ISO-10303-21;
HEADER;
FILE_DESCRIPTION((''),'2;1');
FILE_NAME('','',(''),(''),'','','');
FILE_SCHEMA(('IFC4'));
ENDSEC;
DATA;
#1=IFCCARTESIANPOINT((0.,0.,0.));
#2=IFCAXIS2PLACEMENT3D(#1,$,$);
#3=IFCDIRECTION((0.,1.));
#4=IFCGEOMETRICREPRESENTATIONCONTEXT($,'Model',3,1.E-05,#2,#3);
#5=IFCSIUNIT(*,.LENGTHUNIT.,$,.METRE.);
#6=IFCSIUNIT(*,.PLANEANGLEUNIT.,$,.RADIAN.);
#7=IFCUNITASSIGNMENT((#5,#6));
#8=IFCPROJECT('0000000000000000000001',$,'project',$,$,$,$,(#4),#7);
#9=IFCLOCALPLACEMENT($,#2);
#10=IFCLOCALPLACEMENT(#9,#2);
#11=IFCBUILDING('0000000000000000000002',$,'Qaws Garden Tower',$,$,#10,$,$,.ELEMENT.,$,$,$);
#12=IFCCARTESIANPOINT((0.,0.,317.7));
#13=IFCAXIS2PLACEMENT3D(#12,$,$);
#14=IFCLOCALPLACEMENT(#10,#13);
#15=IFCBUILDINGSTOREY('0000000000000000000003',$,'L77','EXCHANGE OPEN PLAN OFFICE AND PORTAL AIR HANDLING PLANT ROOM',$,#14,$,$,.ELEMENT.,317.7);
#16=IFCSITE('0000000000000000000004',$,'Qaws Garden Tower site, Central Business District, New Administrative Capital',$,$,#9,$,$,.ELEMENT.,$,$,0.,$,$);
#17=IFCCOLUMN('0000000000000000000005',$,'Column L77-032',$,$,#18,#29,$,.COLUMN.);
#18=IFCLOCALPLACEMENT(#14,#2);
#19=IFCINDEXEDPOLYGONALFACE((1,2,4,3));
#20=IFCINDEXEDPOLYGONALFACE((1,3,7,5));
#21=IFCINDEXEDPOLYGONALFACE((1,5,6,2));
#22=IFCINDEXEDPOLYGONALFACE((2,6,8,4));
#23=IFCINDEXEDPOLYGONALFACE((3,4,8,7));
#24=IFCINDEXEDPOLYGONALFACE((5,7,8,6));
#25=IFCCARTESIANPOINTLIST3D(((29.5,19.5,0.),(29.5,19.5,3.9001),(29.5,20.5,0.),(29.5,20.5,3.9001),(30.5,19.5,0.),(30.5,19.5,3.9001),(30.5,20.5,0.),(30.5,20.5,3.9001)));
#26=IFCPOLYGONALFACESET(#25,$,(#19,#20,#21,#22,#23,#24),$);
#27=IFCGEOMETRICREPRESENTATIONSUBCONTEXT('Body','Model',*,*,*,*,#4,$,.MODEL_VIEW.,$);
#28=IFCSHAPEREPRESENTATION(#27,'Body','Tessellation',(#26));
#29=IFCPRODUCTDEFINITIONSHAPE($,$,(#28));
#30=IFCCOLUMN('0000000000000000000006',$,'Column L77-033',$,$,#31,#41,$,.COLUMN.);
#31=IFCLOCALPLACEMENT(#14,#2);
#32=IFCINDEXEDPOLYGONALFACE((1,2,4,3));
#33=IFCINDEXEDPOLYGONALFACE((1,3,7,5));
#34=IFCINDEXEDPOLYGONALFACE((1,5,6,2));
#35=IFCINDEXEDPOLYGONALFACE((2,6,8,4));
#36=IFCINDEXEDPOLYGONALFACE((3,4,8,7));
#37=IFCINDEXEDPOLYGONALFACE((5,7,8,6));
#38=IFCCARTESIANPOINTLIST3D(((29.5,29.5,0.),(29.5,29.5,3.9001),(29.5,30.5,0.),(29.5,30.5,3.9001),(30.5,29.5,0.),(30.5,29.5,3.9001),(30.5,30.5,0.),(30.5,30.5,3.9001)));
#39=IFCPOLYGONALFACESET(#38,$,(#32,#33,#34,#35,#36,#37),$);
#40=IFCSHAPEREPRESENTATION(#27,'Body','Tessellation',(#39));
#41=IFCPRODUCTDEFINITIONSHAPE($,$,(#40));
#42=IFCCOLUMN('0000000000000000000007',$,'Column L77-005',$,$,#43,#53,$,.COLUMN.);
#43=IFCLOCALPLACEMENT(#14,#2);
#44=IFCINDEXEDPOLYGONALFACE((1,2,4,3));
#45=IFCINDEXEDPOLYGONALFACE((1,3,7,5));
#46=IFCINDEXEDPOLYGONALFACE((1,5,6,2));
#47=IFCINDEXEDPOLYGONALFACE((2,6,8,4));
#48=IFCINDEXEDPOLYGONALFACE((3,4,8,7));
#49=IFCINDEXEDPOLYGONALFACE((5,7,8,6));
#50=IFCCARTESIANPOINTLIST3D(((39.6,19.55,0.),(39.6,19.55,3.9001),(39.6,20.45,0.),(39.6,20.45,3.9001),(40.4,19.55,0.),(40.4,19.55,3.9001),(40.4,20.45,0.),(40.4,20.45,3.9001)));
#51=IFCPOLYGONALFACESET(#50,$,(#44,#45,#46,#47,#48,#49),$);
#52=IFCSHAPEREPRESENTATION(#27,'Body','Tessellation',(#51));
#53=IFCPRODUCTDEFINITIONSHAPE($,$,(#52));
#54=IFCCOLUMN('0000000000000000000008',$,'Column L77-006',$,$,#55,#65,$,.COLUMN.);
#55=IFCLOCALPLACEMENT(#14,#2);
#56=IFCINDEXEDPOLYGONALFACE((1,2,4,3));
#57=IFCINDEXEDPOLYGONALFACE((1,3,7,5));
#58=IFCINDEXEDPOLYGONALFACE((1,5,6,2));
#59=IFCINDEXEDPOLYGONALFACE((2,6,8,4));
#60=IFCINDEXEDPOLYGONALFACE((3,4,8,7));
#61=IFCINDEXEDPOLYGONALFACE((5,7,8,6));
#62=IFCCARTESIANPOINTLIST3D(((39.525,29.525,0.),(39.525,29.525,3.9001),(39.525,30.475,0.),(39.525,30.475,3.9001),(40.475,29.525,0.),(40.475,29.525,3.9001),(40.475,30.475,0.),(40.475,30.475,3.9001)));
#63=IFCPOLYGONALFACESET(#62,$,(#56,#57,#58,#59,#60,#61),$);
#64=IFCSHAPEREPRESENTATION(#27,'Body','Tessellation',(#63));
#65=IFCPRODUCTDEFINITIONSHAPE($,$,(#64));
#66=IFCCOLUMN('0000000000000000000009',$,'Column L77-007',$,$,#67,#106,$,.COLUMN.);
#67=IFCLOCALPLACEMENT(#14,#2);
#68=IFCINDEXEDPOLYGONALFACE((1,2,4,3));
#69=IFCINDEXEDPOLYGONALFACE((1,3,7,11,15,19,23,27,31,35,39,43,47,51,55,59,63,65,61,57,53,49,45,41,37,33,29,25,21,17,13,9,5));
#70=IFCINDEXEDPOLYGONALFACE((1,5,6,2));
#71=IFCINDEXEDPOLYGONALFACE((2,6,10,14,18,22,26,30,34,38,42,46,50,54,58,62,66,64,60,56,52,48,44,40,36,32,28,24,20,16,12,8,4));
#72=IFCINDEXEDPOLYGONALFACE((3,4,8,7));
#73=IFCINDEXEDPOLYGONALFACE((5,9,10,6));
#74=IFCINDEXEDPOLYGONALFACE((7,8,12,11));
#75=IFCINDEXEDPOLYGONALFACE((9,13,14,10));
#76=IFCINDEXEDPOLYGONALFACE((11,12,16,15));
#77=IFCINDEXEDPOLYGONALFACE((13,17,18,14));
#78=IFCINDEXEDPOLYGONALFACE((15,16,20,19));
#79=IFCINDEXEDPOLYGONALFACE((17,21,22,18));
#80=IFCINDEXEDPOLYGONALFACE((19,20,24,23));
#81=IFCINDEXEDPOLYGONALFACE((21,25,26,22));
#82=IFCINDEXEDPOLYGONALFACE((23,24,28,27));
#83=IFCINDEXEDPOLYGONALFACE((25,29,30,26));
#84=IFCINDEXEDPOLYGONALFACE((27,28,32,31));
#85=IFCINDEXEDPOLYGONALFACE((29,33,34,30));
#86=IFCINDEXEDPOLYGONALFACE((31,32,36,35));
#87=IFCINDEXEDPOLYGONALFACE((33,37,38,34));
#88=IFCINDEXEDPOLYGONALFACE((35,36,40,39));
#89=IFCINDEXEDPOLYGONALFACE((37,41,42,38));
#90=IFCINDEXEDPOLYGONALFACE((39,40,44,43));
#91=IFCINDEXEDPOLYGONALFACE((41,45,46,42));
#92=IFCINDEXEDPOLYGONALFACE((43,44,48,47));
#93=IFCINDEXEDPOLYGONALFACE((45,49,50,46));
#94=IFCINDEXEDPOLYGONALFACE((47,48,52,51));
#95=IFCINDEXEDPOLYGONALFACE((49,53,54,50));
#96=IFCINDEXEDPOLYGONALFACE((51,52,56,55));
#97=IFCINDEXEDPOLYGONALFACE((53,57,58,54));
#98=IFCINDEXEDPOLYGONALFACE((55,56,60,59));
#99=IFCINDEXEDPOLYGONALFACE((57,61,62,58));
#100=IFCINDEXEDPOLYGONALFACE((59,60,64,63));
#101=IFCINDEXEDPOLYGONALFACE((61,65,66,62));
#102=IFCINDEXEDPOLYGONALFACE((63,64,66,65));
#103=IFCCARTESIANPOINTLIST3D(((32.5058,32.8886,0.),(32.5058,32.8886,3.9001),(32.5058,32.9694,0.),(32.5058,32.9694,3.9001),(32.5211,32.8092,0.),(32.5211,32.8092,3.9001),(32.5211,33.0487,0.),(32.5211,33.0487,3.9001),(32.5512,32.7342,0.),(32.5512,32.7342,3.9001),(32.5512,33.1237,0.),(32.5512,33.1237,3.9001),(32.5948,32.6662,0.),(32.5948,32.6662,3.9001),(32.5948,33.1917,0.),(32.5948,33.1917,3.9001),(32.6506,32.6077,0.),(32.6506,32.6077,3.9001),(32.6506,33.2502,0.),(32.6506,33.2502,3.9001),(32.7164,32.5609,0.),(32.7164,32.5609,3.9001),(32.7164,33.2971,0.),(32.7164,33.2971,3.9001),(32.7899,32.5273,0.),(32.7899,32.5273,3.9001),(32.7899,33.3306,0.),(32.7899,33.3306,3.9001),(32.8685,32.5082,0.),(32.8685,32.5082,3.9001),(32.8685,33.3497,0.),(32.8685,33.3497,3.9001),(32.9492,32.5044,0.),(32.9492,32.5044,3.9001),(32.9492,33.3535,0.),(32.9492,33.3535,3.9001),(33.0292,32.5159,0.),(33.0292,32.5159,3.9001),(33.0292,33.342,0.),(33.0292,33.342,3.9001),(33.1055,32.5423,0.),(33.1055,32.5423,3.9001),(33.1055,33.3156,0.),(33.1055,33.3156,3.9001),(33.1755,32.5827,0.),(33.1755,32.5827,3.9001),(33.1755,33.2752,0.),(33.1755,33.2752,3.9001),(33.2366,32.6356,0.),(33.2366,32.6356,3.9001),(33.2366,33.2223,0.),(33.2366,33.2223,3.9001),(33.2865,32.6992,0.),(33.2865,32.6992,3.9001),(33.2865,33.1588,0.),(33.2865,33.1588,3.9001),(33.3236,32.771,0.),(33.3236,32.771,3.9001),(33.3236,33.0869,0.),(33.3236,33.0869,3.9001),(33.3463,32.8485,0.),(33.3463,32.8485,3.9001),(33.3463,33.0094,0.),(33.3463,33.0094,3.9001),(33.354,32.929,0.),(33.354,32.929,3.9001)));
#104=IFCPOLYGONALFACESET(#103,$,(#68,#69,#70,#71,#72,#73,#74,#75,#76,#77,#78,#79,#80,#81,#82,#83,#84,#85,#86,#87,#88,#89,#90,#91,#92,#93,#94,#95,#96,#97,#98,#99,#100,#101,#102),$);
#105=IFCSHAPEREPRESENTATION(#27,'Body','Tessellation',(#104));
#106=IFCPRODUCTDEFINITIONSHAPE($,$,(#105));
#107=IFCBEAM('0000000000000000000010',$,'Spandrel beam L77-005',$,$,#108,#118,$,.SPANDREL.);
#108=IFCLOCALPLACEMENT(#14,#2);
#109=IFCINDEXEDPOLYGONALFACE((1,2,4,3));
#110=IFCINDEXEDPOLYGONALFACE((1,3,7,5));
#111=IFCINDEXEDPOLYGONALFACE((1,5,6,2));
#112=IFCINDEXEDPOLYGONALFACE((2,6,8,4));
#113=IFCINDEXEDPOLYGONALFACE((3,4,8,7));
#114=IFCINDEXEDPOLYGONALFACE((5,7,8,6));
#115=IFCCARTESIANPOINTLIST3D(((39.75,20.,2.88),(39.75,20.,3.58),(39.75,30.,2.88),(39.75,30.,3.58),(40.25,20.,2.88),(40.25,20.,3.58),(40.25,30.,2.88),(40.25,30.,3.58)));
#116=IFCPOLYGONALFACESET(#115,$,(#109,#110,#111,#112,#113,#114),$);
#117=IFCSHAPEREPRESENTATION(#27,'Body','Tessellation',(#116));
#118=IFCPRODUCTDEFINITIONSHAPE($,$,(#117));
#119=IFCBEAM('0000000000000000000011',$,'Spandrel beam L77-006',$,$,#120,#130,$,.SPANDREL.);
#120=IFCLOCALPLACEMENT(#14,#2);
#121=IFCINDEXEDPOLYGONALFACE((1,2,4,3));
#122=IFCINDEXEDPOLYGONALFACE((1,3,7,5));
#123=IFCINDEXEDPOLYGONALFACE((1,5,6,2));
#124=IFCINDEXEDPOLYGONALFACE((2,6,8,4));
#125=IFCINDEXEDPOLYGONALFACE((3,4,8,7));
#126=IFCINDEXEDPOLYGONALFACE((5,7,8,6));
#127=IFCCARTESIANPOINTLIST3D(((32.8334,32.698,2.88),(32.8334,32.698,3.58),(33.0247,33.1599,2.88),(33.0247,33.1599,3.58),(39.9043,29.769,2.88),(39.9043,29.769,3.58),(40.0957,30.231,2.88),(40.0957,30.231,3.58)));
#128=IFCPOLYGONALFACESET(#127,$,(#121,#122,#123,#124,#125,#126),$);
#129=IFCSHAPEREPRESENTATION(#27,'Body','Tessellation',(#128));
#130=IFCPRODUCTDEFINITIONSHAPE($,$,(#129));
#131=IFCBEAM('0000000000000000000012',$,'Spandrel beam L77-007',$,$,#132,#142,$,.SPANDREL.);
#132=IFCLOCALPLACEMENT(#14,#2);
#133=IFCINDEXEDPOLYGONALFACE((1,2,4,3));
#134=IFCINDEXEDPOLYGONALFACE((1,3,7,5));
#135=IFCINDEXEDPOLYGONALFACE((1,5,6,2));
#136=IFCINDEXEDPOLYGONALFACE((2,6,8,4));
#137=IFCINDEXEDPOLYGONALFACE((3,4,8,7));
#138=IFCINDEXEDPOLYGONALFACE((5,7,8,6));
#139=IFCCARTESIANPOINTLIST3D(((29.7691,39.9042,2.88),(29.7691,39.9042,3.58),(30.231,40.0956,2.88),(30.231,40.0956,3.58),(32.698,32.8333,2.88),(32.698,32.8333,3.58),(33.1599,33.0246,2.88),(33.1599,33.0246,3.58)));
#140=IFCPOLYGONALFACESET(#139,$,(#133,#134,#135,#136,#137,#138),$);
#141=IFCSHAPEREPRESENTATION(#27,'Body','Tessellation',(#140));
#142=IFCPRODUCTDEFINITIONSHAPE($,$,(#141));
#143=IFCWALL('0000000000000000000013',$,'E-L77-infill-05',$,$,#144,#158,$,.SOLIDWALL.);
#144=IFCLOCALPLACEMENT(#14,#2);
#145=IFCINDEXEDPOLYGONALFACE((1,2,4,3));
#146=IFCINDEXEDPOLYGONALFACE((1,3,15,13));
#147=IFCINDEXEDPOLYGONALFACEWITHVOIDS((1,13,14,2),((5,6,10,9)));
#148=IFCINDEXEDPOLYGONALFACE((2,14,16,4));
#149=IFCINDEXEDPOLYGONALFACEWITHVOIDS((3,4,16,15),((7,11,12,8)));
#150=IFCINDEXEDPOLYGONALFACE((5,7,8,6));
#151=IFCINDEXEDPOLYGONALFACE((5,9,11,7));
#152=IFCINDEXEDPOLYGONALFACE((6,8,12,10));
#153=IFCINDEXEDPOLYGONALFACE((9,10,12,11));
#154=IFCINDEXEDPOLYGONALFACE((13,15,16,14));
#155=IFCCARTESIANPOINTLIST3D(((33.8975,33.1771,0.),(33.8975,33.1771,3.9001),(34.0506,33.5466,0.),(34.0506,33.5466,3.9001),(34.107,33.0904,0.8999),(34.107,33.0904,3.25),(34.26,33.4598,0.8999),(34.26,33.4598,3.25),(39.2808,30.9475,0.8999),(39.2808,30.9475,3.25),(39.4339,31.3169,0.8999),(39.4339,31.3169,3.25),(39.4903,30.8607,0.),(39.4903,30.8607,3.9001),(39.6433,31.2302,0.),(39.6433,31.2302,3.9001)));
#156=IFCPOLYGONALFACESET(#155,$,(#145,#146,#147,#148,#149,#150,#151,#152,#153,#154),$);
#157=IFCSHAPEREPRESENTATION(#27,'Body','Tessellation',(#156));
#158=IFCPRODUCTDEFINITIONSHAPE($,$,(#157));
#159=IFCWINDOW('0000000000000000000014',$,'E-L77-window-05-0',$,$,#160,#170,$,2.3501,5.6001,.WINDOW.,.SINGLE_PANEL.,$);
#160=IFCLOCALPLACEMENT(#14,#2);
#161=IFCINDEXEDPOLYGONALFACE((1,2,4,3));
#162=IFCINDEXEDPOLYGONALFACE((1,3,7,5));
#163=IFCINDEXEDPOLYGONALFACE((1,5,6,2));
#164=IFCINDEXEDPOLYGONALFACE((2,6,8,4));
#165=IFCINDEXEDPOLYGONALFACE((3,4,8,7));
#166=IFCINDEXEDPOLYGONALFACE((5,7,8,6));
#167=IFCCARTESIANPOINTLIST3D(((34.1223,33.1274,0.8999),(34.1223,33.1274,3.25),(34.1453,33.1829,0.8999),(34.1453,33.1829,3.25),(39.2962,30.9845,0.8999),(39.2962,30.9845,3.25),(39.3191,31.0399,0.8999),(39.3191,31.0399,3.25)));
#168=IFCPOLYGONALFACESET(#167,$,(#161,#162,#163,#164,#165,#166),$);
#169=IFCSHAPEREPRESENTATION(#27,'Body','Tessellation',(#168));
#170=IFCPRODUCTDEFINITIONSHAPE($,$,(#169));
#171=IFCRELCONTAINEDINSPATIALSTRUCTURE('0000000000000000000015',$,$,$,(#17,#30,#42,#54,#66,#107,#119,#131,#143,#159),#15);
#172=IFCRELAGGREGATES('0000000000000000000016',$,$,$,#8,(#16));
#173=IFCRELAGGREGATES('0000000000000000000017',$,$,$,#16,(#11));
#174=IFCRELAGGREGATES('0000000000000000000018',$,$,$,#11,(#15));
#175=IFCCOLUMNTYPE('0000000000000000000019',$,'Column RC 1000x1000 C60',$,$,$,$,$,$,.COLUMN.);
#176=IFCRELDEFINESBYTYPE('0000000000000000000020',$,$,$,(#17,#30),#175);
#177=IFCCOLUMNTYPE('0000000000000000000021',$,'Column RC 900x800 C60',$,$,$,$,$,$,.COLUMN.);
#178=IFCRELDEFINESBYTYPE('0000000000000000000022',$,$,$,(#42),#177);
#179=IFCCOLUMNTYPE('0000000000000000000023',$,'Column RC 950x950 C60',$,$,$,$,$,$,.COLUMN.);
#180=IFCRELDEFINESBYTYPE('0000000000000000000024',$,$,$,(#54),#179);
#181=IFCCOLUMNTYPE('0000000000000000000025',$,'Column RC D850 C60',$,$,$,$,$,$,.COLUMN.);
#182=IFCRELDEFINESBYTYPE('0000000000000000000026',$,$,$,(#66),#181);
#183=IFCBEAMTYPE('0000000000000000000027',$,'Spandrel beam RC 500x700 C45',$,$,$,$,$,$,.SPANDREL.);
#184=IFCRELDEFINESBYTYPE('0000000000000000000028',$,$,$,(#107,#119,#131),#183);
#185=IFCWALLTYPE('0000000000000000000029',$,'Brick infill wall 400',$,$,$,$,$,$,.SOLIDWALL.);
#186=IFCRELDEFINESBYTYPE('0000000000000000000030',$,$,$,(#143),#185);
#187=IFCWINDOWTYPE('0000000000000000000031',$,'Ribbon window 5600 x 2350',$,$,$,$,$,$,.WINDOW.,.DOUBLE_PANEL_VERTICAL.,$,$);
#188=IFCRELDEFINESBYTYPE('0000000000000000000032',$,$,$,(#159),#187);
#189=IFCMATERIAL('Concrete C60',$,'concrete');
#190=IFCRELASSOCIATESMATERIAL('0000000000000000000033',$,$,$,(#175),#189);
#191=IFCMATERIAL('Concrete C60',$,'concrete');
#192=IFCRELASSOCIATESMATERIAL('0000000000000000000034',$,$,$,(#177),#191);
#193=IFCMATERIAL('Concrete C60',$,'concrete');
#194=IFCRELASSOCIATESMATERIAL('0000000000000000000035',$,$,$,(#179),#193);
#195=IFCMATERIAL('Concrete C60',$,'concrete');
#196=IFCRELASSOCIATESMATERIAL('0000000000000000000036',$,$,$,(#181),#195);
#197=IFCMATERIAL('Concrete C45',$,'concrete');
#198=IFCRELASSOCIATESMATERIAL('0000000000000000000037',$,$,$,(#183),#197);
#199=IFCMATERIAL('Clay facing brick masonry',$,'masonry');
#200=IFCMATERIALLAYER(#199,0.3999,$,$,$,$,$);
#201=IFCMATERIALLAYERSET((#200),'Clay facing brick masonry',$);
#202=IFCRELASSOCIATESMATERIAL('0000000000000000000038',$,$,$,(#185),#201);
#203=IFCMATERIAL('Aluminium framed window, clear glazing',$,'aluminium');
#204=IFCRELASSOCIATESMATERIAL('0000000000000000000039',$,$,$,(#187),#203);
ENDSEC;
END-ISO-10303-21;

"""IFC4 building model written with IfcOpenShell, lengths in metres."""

from ifc_helpers import new_model, si_unit, direction, frame, frame_2d, origin, origin_2d, place, context, subcontext, project, spatial, rectangle, circle, extrude, material, layer, layer_set, material_profile, profile_set, type_object, element, fill, save


model = new_model("IFC4")

# Units and contexts
model_context = context("Model", 3, precision=1e-05, world=origin(), true_north=direction((0.0, 1.0)))
body_context = subcontext(model_context, "Body", "Model", "MODEL_VIEW")
ifc_project = project(units=[si_unit("LENGTHUNIT", "METRE"), si_unit("PLANEANGLEUNIT", "RADIAN")], contexts=[model_context])

# Site, building, storey
site_placement = place(None, origin())
site = spatial("IfcSite", under=ifc_project, at=site_placement, Name="Qaws Garden Tower site, Central Business District, New Administrative Capital", CompositionType="ELEMENT", RefElevation=0.0)
building_placement = place(site_placement, origin())
building = spatial("IfcBuilding", under=site, at=building_placement, Name="Qaws Garden Tower", CompositionType="ELEMENT")
storey_placement = place(building_placement, frame((0.0, 0.0, 317.7)))
storey = spatial("IfcBuildingStorey", under=building, at=storey_placement, Name="L77", Description="EXCHANGE OPEN PLAN OFFICE AND PORTAL AIR HANDLING PLANT ROOM", CompositionType="ELEMENT", Elevation=317.7)

# Columns
ifc_material_1 = material(Name="Concrete C60", Category="concrete")
ifc_material_profile_1 = material_profile(ifc_material_1, rectangle(XDim=1.0, YDim=1.0, at=origin_2d()), Name="RC 1000x1000")
ifc_profile_set_1 = profile_set([ifc_material_profile_1], Name="Concrete C60")
column_type_1 = type_object("IfcColumnType", Name="Column RC 1000x1000 C60", PredefinedType="COLUMN", material=ifc_profile_set_1)
for number, where, z_axis, x_axis, name in (
    (1, (30.0, 20.0, 0.0), (0.0, 0.0, 1.0), (1.0, 0.0, 0.0), "Column L77-032"),
    (2, (30.0, 30.0, 0.0), (0.0, 0.0, 1.0), (1.0, 0.0, 0.0), "Column L77-033"),
):
    element("IfcColumn", number, at=place(storey_placement, frame(where, z_axis=z_axis, x_axis=x_axis)), inside=storey, type_object=column_type_1, Name=name, PredefinedType="COLUMN", context=body_context, shape_type="SweptSolid", body=[
        extrude(rectangle(XDim=1.0, YDim=1.0, at=origin_2d()), origin(), (0.0, 0.0, 1.0), 3.9001),
    ])
ifc_material_2 = material(Name="Concrete C60", Category="concrete")
ifc_material_profile_2 = material_profile(ifc_material_2, rectangle(XDim=0.8999, YDim=0.8, at=origin_2d()), Name="RC 900x800")
ifc_profile_set_2 = profile_set([ifc_material_profile_2], Name="Concrete C60")
column_type_2 = type_object("IfcColumnType", Name="Column RC 900x800 C60", PredefinedType="COLUMN", material=ifc_profile_set_2)
column_1_placement = place(storey_placement, frame((40.0, 20.0, 0.0), z_axis=(0.0, 0.0, 1.0), x_axis=(0.0, 1.0, 0.0)))
element("IfcColumn", 3, at=column_1_placement, inside=storey, type_object=column_type_2, Name="Column L77-005", PredefinedType="COLUMN", context=body_context, shape_type="SweptSolid", body=[
    extrude(rectangle(XDim=0.8999, YDim=0.8, at=origin_2d()), origin(), (0.0, 0.0, 1.0), 3.9001),
])
ifc_material_3 = material(Name="Concrete C60", Category="concrete")
ifc_material_profile_3 = material_profile(ifc_material_3, rectangle(XDim=0.95, YDim=0.95, at=origin_2d()), Name="RC 950x950")
ifc_profile_set_3 = profile_set([ifc_material_profile_3], Name="Concrete C60")
column_type_3 = type_object("IfcColumnType", Name="Column RC 950x950 C60", PredefinedType="COLUMN", material=ifc_profile_set_3)
column_2_placement = place(storey_placement, frame((40.0, 30.0, 0.0), z_axis=(0.0, 0.0, 1.0), x_axis=(1.0, 0.0, 0.0)))
element("IfcColumn", 4, at=column_2_placement, inside=storey, type_object=column_type_3, Name="Column L77-006", PredefinedType="COLUMN", context=body_context, shape_type="SweptSolid", body=[
    extrude(rectangle(XDim=0.95, YDim=0.95, at=origin_2d()), origin(), (0.0, 0.0, 1.0), 3.9001),
])
ifc_material_4 = material(Name="Concrete C60", Category="concrete")
ifc_material_profile_4 = material_profile(ifc_material_4, circle(Radius=0.425, at=origin_2d()), Name="RC D850")
ifc_profile_set_4 = profile_set([ifc_material_profile_4], Name="Concrete C60")
column_type_4 = type_object("IfcColumnType", Name="Column RC D850 C60", PredefinedType="COLUMN", material=ifc_profile_set_4)
column_3_placement = place(storey_placement, frame((32.929, 32.929, 0.0), z_axis=(0.0, 0.0, 1.0), x_axis=(1.0, 0.0, 0.0)))
element("IfcColumn", 5, at=column_3_placement, inside=storey, type_object=column_type_4, Name="Column L77-007", PredefinedType="COLUMN", context=body_context, shape_type="SweptSolid", body=[
    extrude(circle(Radius=0.425, at=origin_2d()), origin(), (0.0, 0.0, 1.0), 3.9001),
])

# Beams
ifc_material_5 = material(Name="Concrete C45", Category="concrete")
ifc_material_profile_5 = material_profile(ifc_material_5, rectangle(XDim=0.5, YDim=0.7, at=origin_2d()), Name="RC 500x700")
ifc_profile_set_5 = profile_set([ifc_material_profile_5], Name="Concrete C45")
beam_type = type_object("IfcBeamType", Name="Spandrel beam RC 500x700 C45", PredefinedType="SPANDREL", material=ifc_profile_set_5)
beam_placement = place(storey_placement, frame((40.0, 20.0, 3.23), z_axis=(0.0, 1.0, 0.0), x_axis=(-1.0, 0.0, 0.0)))
element("IfcBeam", 6, at=beam_placement, inside=storey, type_object=beam_type, Name="Spandrel beam L77-005", PredefinedType="SPANDREL", context=body_context, shape_type="SweptSolid", body=[
    extrude(rectangle(XDim=0.5, YDim=0.7, at=origin_2d()), origin(), (0.0, 0.0, 1.0), 10.0),
])
for number, where, z_axis, x_axis, name in (
    (7, (40.0, 30.0, 3.23), (-0.923878, 0.382687, 0.0), (-0.382687, -0.923878, 0.0), "Spandrel beam L77-006"),
    (8, (32.929, 32.929, 3.23), (-0.382687, 0.923878, 0.0), (-0.923878, -0.382687, 0.0), "Spandrel beam L77-007"),
):
    element("IfcBeam", number, at=place(storey_placement, frame(where, z_axis=z_axis, x_axis=x_axis)), inside=storey, type_object=beam_type, Name=name, PredefinedType="SPANDREL", context=body_context, shape_type="SweptSolid", body=[
        extrude(rectangle(XDim=0.5, YDim=0.7, at=origin_2d()), origin(), (0.0, 0.0, 1.0), 7.6536),
    ])

# Wall, opening, window
ifc_material_6 = material(Name="Clay facing brick masonry", Category="masonry")
ifc_layer_1 = layer(ifc_material_6, 0.3999)
ifc_layer_set_1 = layer_set([ifc_layer_1], Name="Clay facing brick masonry")
wall_type_1 = type_object("IfcWallType", Name="Brick infill wall 400", PredefinedType="SOLIDWALL", material=ifc_layer_set_1)
wall_1_placement = place(storey_placement, frame((39.5669, 31.0454, 0.0), z_axis=(0.0, 0.0, 1.0), x_axis=(-0.923891, 0.382656, 0.0)))
wall_1 = element("IfcWall", 9, at=wall_1_placement, inside=storey, type_object=wall_type_1, Name="E-L77-infill-05", PredefinedType="SOLIDWALL", context=body_context, shape_type="SweptSolid", body=[
    extrude(rectangle(XDim=6.0535, YDim=0.3999, at=frame_2d((3.0269, 0.0))), origin(), (0.0, 0.0, 1.0), 3.9001),
])
opening_1_placement = place(wall_1_placement, frame((0.2268, 0.0, 0.8999)))
opening_1 = element("IfcOpeningElement", 10, at=opening_1_placement, cuts=wall_1, PredefinedType="OPENING", context=body_context, shape_type="SweptSolid", body=[
    extrude(rectangle(XDim=5.6001, YDim=2.3501, at=frame_2d((2.8, 1.175))), frame((0.0, 0.21, 0.0), z_axis=(0.0, -1.0, 0.0), x_axis=(1.0, 0.0, 0.0)), (0.0, 0.0, 1.0), 0.4199),
])
ifc_material_7 = material(Name="Aluminium framed window, clear glazing", Category="aluminium")
window_type = type_object("IfcWindowType", Name="Ribbon window 5600 x 2350", PartitioningType="DOUBLE_PANEL_VERTICAL", PredefinedType="WINDOW", material=ifc_material_7)
window_1_placement = place(opening_1_placement, origin())
window_1 = element("IfcWindow", 11, at=window_1_placement, inside=storey, type_object=window_type, Name="E-L77-window-05-0", OverallHeight=2.3501, OverallWidth=5.6001, PartitioningType="SINGLE_PANEL", PredefinedType="WINDOW", context=body_context, shape_type="SweptSolid", body=[
    extrude(rectangle(XDim=5.6001, YDim=2.3501, at=frame_2d((2.8, 1.175))), frame((0.0, 0.1599, 0.0), z_axis=(0.0, -1.0, 0.0), x_axis=(1.0, 0.0, 0.0)), (0.0, 0.0, 1.0), 0.0601),
])
fill(opening_1, window_1)

save(model, "model.ifc")
